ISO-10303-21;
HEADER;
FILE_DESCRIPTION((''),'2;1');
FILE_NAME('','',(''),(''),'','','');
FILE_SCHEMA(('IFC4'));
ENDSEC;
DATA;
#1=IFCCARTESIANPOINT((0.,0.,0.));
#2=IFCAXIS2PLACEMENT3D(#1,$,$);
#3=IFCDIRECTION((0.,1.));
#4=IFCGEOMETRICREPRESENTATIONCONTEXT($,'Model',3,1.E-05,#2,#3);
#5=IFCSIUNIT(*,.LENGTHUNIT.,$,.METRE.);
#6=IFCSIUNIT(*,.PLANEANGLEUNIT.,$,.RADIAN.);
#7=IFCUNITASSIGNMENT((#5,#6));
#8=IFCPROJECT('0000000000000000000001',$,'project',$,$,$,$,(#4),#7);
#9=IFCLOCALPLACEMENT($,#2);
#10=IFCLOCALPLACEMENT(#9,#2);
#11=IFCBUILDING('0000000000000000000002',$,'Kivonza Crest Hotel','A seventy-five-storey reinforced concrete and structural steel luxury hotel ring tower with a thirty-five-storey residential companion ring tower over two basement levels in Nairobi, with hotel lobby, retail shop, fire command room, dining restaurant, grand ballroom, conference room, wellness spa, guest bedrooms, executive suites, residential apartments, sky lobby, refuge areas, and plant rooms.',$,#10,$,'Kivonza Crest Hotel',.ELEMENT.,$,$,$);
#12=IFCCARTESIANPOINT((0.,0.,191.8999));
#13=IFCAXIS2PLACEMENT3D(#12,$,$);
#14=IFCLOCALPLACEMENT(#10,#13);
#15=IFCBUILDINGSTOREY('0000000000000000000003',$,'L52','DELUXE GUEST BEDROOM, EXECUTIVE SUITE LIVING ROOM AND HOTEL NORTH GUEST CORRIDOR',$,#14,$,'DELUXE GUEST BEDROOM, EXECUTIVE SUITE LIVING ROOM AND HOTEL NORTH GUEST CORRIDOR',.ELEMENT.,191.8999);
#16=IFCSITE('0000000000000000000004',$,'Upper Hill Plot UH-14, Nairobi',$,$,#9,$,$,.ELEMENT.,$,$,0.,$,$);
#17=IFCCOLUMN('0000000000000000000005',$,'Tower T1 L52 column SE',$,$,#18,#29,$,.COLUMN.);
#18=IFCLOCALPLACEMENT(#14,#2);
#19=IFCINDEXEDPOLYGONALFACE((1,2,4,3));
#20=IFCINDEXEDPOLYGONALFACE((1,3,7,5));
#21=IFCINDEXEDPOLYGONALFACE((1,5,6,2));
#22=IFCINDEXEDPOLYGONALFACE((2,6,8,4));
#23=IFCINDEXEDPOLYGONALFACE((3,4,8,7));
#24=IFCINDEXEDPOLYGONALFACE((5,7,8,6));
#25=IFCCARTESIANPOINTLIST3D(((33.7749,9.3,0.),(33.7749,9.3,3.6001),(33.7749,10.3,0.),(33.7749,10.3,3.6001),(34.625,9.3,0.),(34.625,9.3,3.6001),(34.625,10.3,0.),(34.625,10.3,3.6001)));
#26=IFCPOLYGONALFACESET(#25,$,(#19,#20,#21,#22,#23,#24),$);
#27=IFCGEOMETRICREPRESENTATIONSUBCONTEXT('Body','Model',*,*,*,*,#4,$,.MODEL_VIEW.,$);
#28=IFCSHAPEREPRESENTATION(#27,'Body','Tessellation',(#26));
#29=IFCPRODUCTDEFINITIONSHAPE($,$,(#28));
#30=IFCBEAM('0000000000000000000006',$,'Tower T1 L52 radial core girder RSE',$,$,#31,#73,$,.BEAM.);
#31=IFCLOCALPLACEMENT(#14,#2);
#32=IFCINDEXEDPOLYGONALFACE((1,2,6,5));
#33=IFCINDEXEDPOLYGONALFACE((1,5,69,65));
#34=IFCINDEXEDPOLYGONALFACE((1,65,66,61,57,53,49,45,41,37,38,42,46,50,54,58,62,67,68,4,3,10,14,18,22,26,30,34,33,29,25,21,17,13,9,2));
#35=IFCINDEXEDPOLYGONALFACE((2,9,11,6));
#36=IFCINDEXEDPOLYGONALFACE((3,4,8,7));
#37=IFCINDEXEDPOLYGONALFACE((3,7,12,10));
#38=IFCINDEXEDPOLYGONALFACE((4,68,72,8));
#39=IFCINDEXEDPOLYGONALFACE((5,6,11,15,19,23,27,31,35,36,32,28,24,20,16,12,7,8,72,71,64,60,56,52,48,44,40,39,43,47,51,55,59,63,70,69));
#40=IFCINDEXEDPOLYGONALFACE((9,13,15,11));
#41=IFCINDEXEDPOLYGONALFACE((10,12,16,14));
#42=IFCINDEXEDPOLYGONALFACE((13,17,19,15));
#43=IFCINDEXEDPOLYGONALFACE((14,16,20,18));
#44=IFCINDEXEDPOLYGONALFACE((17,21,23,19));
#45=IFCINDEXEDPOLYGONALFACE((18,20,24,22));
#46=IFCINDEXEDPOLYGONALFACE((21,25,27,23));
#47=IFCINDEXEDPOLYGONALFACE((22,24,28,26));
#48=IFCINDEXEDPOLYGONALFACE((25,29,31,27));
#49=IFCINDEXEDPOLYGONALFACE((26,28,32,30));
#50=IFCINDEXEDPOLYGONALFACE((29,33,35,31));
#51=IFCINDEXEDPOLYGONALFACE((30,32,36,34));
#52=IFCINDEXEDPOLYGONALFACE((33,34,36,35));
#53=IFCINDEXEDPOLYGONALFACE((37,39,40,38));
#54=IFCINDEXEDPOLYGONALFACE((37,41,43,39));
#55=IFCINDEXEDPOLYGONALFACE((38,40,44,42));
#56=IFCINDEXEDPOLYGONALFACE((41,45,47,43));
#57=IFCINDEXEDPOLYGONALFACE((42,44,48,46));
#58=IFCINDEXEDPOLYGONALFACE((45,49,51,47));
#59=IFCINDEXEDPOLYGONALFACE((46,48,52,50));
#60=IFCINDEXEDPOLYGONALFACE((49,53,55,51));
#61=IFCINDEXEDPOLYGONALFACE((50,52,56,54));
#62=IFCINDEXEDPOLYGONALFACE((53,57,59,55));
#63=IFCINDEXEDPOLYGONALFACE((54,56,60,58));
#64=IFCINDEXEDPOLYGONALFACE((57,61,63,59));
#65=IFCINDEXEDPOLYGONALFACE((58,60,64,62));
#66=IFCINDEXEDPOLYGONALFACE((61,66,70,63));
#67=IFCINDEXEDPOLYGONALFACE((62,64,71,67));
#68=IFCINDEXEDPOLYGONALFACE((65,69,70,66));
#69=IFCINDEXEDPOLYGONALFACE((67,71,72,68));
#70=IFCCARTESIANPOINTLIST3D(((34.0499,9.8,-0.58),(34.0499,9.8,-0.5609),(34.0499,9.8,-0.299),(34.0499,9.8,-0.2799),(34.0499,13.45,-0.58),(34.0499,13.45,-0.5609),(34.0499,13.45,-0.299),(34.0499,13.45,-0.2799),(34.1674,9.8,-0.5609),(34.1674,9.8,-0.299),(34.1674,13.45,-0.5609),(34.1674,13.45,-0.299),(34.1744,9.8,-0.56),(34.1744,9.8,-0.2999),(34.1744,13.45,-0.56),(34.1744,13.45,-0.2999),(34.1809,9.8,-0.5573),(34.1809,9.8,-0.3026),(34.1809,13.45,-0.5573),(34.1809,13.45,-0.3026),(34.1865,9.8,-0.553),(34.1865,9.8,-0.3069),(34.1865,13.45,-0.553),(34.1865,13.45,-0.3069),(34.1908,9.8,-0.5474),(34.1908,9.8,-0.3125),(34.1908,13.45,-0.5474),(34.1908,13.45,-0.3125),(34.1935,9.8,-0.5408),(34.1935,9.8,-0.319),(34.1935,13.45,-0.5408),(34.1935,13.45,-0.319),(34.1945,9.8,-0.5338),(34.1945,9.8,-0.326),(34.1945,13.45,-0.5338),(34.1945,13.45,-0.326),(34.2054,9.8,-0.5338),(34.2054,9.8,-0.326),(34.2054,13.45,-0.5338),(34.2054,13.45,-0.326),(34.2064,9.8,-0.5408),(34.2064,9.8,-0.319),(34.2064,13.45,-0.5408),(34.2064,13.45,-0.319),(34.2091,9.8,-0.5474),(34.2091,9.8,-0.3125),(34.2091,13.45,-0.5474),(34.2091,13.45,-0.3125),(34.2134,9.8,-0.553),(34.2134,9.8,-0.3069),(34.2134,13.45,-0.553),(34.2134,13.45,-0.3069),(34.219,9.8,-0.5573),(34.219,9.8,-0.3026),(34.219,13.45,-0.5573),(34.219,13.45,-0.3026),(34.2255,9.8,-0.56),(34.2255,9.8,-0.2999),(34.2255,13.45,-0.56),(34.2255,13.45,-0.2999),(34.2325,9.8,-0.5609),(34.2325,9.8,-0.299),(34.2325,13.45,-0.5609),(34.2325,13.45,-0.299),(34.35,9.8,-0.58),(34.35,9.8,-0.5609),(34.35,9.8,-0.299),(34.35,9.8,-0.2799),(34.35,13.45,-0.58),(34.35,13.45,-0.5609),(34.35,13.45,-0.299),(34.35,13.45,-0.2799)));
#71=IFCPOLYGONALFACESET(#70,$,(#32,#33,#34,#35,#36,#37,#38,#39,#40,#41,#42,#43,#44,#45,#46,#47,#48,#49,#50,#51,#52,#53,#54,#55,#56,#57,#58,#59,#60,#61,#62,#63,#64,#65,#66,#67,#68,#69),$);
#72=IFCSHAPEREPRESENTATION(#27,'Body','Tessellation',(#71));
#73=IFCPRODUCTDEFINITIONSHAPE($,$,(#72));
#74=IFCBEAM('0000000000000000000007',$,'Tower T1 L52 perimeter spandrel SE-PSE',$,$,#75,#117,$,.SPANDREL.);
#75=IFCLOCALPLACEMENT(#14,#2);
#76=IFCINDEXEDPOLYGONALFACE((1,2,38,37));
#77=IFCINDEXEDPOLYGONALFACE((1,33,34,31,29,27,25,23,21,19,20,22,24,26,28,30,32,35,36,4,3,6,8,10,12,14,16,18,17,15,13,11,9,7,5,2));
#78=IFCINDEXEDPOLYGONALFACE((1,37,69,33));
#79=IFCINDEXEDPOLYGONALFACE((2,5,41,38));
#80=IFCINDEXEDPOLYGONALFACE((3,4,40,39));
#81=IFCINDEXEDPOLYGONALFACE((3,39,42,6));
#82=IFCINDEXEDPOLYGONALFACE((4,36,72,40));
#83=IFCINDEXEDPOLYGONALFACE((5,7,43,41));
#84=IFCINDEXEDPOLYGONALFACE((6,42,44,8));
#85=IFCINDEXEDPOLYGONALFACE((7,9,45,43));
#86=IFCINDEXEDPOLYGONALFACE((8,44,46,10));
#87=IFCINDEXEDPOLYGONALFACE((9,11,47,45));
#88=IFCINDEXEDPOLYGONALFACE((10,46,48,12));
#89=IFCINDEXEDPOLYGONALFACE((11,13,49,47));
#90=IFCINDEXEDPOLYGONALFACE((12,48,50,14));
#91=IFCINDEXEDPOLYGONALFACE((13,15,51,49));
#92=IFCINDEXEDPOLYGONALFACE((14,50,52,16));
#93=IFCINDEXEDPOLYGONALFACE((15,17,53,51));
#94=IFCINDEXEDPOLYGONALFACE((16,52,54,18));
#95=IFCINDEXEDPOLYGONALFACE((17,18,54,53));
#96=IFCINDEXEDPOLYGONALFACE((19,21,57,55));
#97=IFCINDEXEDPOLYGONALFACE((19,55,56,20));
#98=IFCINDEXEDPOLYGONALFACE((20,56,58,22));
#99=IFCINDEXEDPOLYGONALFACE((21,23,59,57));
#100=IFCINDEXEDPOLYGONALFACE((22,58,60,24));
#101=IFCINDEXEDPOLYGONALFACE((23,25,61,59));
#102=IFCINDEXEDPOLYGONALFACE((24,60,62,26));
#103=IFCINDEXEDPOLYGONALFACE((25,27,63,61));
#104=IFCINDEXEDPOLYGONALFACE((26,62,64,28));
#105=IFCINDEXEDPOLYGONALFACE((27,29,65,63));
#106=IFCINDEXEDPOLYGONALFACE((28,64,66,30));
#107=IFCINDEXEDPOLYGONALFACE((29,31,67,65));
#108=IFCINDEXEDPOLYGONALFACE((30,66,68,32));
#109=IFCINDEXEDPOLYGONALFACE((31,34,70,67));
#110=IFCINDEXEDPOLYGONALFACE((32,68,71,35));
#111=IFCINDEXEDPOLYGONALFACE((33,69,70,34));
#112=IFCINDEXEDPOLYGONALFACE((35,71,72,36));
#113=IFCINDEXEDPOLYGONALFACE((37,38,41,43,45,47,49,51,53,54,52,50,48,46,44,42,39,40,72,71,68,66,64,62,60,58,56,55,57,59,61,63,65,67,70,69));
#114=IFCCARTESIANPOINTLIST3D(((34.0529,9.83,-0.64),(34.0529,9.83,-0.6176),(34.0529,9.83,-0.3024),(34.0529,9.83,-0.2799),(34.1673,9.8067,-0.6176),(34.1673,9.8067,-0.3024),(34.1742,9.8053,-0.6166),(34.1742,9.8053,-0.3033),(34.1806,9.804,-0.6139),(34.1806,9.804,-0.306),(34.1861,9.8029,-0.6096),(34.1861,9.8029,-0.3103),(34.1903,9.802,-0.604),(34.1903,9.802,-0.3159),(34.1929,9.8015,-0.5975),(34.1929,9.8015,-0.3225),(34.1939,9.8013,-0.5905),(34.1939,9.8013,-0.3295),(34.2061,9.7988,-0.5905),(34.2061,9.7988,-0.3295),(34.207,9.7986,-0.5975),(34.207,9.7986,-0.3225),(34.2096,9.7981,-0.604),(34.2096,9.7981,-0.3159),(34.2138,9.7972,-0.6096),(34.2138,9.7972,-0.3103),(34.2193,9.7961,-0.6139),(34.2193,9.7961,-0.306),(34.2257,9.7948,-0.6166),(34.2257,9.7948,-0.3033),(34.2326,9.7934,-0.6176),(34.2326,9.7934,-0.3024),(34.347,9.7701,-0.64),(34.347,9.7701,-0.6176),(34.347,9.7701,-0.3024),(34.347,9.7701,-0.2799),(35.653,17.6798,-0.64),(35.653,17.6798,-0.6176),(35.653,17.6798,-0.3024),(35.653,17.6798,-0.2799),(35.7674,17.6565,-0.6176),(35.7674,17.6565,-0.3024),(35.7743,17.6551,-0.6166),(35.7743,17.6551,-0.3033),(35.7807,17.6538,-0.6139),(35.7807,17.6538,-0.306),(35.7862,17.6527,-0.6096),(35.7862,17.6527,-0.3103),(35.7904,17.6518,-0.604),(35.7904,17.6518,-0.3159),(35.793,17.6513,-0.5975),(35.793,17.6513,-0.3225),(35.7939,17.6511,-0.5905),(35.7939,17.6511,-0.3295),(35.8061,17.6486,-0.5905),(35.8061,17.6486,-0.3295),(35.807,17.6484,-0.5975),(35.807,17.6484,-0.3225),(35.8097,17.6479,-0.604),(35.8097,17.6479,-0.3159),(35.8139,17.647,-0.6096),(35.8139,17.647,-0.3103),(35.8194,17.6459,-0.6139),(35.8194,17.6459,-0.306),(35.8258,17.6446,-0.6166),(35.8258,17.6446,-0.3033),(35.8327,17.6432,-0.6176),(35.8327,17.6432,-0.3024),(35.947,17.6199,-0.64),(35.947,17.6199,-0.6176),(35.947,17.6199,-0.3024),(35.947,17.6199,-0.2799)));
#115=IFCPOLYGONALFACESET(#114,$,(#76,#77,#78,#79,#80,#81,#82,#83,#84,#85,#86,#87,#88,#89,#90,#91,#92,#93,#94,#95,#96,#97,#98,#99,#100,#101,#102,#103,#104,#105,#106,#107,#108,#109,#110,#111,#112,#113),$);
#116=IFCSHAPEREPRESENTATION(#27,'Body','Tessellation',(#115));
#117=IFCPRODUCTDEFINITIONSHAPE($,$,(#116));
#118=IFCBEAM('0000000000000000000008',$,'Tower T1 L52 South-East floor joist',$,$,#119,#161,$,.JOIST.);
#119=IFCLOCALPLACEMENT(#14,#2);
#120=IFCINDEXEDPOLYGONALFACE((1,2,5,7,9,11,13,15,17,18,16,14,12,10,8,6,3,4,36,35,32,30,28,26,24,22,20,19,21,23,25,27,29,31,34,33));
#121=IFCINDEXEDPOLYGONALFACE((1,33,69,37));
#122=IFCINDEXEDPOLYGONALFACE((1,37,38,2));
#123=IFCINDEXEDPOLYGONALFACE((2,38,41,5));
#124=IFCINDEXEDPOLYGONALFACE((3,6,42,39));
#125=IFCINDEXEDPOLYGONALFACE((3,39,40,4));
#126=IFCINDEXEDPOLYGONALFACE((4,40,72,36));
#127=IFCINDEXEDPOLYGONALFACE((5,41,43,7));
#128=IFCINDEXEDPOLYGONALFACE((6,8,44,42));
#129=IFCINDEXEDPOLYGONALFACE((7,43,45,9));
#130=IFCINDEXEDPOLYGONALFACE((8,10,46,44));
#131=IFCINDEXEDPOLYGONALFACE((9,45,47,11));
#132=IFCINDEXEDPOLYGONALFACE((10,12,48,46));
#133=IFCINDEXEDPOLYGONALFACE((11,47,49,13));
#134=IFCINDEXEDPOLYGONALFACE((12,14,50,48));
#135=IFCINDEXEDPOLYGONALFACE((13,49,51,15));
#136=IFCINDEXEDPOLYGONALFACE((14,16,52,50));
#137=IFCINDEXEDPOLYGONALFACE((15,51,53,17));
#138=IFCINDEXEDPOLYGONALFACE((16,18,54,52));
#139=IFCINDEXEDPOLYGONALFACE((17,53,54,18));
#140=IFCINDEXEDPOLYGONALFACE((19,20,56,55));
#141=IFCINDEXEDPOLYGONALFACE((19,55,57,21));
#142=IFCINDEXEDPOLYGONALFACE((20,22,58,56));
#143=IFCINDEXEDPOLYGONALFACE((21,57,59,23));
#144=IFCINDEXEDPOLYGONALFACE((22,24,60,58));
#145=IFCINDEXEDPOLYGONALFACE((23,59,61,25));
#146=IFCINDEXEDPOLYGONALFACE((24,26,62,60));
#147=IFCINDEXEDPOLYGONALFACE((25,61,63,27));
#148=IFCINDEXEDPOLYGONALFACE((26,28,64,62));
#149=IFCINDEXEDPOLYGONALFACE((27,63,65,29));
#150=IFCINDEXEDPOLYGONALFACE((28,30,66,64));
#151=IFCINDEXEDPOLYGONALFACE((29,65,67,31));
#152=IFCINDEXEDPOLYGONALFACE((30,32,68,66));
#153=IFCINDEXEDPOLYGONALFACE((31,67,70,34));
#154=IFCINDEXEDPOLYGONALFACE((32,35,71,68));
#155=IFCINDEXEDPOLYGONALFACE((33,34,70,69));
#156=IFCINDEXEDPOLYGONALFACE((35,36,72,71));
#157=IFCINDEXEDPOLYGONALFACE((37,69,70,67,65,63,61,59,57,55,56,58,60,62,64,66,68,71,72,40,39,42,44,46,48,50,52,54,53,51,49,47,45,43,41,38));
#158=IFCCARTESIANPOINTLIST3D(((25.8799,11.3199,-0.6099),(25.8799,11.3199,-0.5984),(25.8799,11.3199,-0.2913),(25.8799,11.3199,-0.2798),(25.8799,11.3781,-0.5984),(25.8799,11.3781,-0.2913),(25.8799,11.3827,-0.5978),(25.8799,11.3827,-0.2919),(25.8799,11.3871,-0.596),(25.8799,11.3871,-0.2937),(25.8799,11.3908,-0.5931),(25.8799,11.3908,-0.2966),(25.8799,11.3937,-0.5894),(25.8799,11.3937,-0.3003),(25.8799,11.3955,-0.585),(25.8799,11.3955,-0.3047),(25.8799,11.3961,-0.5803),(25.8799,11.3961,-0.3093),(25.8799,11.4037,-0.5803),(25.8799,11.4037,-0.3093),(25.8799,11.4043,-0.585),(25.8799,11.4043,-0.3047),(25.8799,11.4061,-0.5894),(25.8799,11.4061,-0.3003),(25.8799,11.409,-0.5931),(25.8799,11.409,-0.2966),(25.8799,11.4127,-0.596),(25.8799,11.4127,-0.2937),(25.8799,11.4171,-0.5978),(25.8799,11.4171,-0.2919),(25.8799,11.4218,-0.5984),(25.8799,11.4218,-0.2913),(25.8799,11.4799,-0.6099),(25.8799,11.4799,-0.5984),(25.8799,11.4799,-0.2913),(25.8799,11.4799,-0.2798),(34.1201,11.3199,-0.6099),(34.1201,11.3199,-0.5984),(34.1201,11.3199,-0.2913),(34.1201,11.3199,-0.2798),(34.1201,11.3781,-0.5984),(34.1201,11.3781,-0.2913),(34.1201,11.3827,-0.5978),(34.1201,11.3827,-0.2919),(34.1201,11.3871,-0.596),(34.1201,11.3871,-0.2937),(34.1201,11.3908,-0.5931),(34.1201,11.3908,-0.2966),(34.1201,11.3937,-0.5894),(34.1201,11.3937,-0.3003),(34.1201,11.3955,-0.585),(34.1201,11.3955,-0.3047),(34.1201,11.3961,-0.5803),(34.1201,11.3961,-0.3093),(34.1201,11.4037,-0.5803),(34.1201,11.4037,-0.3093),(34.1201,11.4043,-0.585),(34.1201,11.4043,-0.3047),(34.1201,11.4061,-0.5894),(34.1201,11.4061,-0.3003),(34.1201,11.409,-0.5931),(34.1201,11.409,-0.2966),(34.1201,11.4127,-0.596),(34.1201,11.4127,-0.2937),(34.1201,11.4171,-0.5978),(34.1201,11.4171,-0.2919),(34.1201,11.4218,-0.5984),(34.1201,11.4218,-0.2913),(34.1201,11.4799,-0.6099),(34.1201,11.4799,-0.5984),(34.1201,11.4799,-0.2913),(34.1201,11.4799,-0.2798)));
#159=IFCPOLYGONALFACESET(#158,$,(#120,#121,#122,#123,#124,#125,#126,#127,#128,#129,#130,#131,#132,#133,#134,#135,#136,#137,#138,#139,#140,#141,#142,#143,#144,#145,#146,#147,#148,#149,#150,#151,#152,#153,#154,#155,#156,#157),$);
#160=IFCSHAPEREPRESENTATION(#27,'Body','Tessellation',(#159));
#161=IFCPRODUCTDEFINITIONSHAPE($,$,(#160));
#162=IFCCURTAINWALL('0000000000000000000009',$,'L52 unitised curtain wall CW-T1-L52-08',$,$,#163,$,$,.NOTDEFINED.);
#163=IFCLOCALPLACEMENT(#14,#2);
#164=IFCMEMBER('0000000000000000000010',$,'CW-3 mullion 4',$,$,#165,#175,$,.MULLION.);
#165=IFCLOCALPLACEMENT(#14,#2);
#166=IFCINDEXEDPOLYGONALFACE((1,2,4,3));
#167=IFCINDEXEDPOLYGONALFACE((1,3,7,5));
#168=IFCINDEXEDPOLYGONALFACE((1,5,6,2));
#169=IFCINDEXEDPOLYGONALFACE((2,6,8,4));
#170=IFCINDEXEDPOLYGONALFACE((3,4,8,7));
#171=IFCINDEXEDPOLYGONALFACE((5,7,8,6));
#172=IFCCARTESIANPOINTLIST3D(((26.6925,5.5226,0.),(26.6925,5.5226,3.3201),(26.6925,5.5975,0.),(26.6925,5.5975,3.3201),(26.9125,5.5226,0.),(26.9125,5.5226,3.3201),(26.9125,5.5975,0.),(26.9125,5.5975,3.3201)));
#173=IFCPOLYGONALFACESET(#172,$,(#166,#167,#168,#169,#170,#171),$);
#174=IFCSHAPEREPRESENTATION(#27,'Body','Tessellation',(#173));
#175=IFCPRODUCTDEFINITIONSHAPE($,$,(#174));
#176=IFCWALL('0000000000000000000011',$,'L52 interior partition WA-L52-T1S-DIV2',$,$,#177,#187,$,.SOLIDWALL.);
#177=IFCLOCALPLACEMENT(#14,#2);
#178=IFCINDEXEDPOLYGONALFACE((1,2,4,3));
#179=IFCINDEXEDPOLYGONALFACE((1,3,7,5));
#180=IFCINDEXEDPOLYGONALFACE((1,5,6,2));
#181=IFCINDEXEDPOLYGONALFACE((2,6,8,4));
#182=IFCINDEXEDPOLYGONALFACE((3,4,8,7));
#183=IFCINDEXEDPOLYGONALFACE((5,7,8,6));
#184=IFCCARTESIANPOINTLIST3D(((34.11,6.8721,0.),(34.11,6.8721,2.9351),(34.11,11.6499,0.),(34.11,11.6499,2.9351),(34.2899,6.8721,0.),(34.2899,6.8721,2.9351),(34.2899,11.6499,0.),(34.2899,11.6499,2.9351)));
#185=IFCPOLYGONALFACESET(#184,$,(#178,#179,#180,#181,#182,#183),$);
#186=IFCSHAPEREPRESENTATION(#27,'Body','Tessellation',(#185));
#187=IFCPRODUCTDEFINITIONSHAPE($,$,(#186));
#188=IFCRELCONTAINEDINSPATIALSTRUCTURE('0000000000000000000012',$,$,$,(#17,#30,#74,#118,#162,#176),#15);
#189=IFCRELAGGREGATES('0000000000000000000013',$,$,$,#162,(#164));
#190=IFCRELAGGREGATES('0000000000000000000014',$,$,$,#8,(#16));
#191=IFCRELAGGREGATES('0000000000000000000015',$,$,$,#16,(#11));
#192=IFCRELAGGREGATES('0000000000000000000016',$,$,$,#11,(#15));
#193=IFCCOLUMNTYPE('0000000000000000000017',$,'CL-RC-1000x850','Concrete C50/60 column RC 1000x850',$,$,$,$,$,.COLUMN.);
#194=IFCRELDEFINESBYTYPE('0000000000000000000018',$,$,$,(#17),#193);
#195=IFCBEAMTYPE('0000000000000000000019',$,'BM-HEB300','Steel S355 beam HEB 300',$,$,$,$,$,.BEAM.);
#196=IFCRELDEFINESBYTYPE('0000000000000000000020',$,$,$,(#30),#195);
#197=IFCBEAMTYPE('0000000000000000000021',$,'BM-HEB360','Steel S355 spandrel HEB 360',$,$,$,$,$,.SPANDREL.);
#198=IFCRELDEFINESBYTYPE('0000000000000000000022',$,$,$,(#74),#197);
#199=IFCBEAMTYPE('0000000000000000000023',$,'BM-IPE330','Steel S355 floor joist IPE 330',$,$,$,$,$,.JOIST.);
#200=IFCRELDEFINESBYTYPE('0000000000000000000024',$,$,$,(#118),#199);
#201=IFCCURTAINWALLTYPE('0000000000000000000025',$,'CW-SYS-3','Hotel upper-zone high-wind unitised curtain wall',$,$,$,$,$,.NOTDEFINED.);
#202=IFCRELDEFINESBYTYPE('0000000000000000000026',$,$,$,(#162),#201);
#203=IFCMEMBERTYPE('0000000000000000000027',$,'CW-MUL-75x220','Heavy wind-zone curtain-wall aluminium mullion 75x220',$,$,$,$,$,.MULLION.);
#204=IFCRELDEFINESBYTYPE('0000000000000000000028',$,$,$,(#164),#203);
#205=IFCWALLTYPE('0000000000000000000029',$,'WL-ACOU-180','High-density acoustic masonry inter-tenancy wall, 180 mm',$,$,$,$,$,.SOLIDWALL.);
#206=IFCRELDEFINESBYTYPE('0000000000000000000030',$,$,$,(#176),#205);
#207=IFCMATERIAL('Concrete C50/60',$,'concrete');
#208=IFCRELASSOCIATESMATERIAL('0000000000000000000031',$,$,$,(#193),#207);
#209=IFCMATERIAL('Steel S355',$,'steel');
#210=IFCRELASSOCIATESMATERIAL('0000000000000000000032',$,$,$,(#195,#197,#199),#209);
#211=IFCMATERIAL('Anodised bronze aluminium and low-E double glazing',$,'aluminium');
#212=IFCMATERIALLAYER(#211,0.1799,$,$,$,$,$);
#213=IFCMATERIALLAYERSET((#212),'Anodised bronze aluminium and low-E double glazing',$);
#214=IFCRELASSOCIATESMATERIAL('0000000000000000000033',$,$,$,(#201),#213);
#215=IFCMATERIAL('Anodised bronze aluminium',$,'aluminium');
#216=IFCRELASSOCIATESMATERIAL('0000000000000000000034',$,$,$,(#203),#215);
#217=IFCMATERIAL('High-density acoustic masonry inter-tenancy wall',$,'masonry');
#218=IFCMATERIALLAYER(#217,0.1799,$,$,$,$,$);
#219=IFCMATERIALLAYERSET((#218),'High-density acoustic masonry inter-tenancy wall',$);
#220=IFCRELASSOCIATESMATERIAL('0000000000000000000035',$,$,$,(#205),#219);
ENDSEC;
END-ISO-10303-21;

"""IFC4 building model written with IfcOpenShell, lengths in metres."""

from ifc_helpers import new_model, si_unit, direction, frame, frame_2d, origin, origin_2d, place, context, subcontext, project, spatial, rectangle, i_section, extrude, material, layer, layer_set, material_profile, profile_set, type_object, element, aggregate, save


model = new_model("IFC4")

# Units and contexts
model_context = context("Model", 3, precision=1e-05, world=origin(), true_north=direction((0.0, 1.0)))
body_context = subcontext(model_context, "Body", "Model", "MODEL_VIEW")
ifc_project = project(units=[si_unit("LENGTHUNIT", "METRE"), si_unit("PLANEANGLEUNIT", "RADIAN")], contexts=[model_context])

# Site, building, storey
site_placement = place(None, origin())
site = spatial("IfcSite", under=ifc_project, at=site_placement, Name="Upper Hill Plot UH-14, Nairobi", CompositionType="ELEMENT", RefElevation=0.0)
building_placement = place(site_placement, origin())
building = spatial("IfcBuilding", under=site, at=building_placement, Name="Kivonza Crest Hotel", Description="A seventy-five-storey reinforced concrete and structural steel luxury hotel ring tower with a thirty-five-storey residential companion ring tower over two basement levels in Nairobi, with hotel lobby, retail shop, fire command room, dining restaurant, grand ballroom, conference room, wellness spa, guest bedrooms, executive suites, residential apartments, sky lobby, refuge areas, and plant rooms.", LongName="Kivonza Crest Hotel", CompositionType="ELEMENT")
storey_placement = place(building_placement, frame((0.0, 0.0, 191.8999)))
storey = spatial("IfcBuildingStorey", under=building, at=storey_placement, Name="L52", Description="DELUXE GUEST BEDROOM, EXECUTIVE SUITE LIVING ROOM AND HOTEL NORTH GUEST CORRIDOR", LongName="DELUXE GUEST BEDROOM, EXECUTIVE SUITE LIVING ROOM AND HOTEL NORTH GUEST CORRIDOR", CompositionType="ELEMENT", Elevation=191.8999)

# Column
ifc_material_1 = material(Name="Concrete C50/60", Category="concrete")
ifc_material_profile_1 = material_profile(ifc_material_1, rectangle(XDim=0.8501, YDim=1.0, at=origin_2d()), Name="RC 1000x850")
ifc_profile_set_1 = profile_set([ifc_material_profile_1], Name="Concrete C50/60")
column_type = type_object("IfcColumnType", Name="CL-RC-1000x850", Description="Concrete C50/60 column RC 1000x850", PredefinedType="COLUMN", material=ifc_profile_set_1)
column_placement = place(storey_placement, frame((34.2, 9.8, 0.0), z_axis=(0.0, 0.0, 1.0), x_axis=(1.0, 0.0, 0.0)))
element("IfcColumn", 1, at=column_placement, inside=storey, type_object=column_type, Name="Tower T1 L52 column SE", PredefinedType="COLUMN", context=body_context, shape_type="SweptSolid", body=[
    extrude(rectangle(XDim=0.8501, YDim=1.0, at=origin_2d()), origin(), (0.0, 0.0, 1.0), 3.6001),
])

# Beams
ifc_material_2 = material(Name="Steel S355", Category="steel")
ifc_material_profile_2 = material_profile(ifc_material_2, i_section(OverallWidth=0.3, OverallDepth=0.3, WebThickness=0.011, FlangeThickness=0.019, FilletRadius=0.0271, at=origin_2d()), Name="HEB 300")
ifc_profile_set_2 = profile_set([ifc_material_profile_2], Name="Steel S355")
beam_type_1 = type_object("IfcBeamType", Name="BM-HEB300", Description="Steel S355 beam HEB 300", PredefinedType="BEAM", material=ifc_profile_set_2)
beam_1_placement = place(storey_placement, frame((34.2, 9.8, -0.4299), z_axis=(0.0, 1.0, 0.0), x_axis=(-1.0, 0.0, 0.0)))
element("IfcBeam", 2, at=beam_1_placement, inside=storey, type_object=beam_type_1, Name="Tower T1 L52 radial core girder RSE", PredefinedType="BEAM", context=body_context, shape_type="SweptSolid", body=[
    extrude(i_section(OverallWidth=0.3, OverallDepth=0.3, WebThickness=0.011, FlangeThickness=0.019, FilletRadius=0.0271, at=origin_2d()), origin(), (0.0, 0.0, 1.0), 3.6499),
])
ifc_material_profile_3 = material_profile(ifc_material_2, i_section(OverallWidth=0.3, OverallDepth=0.3601, WebThickness=0.0125, FlangeThickness=0.0225, FilletRadius=0.0271, at=origin_2d()), Name="HEB 360")
ifc_profile_set_3 = profile_set([ifc_material_profile_3], Name="Steel S355")
beam_type_2 = type_object("IfcBeamType", Name="BM-HEB360", Description="Steel S355 spandrel HEB 360", PredefinedType="SPANDREL", material=ifc_profile_set_3)
beam_2_placement = place(storey_placement, frame((34.2, 9.8, -0.46), z_axis=(0.199731, 0.979851, 0.0), x_axis=(-0.979851, 0.199731, 0.0)))
element("IfcBeam", 3, at=beam_2_placement, inside=storey, type_object=beam_type_2, Name="Tower T1 L52 perimeter spandrel SE-PSE", PredefinedType="SPANDREL", context=body_context, shape_type="SweptSolid", body=[
    extrude(i_section(OverallWidth=0.3, OverallDepth=0.3601, WebThickness=0.0125, FlangeThickness=0.0225, FilletRadius=0.0271, at=origin_2d()), origin(), (0.0, 0.0, 1.0), 8.0112),
])
ifc_material_profile_4 = material_profile(ifc_material_2, i_section(OverallWidth=0.1599, OverallDepth=0.3301, WebThickness=0.0076, FlangeThickness=0.0115, FilletRadius=0.0181, at=origin_2d()), Name="IPE 330")
ifc_profile_set_4 = profile_set([ifc_material_profile_4], Name="Steel S355")
beam_type_3 = type_object("IfcBeamType", Name="BM-IPE330", Description="Steel S355 floor joist IPE 330", PredefinedType="JOIST", material=ifc_profile_set_4)
beam_3_placement = place(storey_placement, frame((25.8799, 11.3999, -0.4448), z_axis=(1.0, 0.0, 0.0), x_axis=(0.0, 1.0, 0.0)))
element("IfcBeam", 4, at=beam_3_placement, inside=storey, type_object=beam_type_3, Name="Tower T1 L52 South-East floor joist", PredefinedType="JOIST", context=body_context, shape_type="SweptSolid", body=[
    extrude(i_section(OverallWidth=0.1599, OverallDepth=0.3301, WebThickness=0.0076, FlangeThickness=0.0115, FilletRadius=0.0181, at=origin_2d()), origin(), (0.0, 0.0, 1.0), 8.2402),
])

# Curtain wall, member
ifc_material_3 = material(Name="Anodised bronze aluminium and low-E double glazing", Category="aluminium")
ifc_layer_1 = layer(ifc_material_3, 0.1799)
ifc_layer_set_1 = layer_set([ifc_layer_1], Name="Anodised bronze aluminium and low-E double glazing")
curtain_wall_type = type_object("IfcCurtainWallType", Name="CW-SYS-3", Description="Hotel upper-zone high-wind unitised curtain wall", PredefinedType="NOTDEFINED", material=ifc_layer_set_1)
curtain_wall_placement = place(storey_placement, origin())
curtain_wall = element("IfcCurtainWall", 5, at=curtain_wall_placement, inside=storey, type_object=curtain_wall_type, Name="L52 unitised curtain wall CW-T1-L52-08", PredefinedType="NOTDEFINED")
ifc_material_4 = material(Name="Anodised bronze aluminium", Category="aluminium")
ifc_material_profile_5 = material_profile(ifc_material_4, rectangle(XDim=0.075, YDim=0.22, at=origin_2d()), Name="CW-M 75x220")
ifc_profile_set_5 = profile_set([ifc_material_profile_5], Name="Anodised bronze aluminium")
member_type = type_object("IfcMemberType", Name="CW-MUL-75x220", Description="Heavy wind-zone curtain-wall aluminium mullion 75x220", PredefinedType="MULLION", material=ifc_profile_set_5)
member_placement = place(storey_placement, frame((26.8025, 5.5601, 0.0), z_axis=(0.0, 0.0, 1.0), x_axis=(0.0, 1.0, 0.0)))
member = element("IfcMember", 6, at=member_placement, type_object=member_type, Name="CW-3 mullion 4", PredefinedType="MULLION", context=body_context, shape_type="SweptSolid", body=[
    extrude(rectangle(XDim=0.075, YDim=0.22, at=origin_2d()), origin(), (0.0, 0.0, 1.0), 3.3201),
])
aggregate(curtain_wall, [member])

# Wall
ifc_material_5 = material(Name="High-density acoustic masonry inter-tenancy wall", Category="masonry")
ifc_layer_2 = layer(ifc_material_5, 0.1799)
ifc_layer_set_2 = layer_set([ifc_layer_2], Name="High-density acoustic masonry inter-tenancy wall")
wall_type_1 = type_object("IfcWallType", Name="WL-ACOU-180", Description="High-density acoustic masonry inter-tenancy wall, 180 mm", PredefinedType="SOLIDWALL", material=ifc_layer_set_2)
wall_1_placement = place(storey_placement, frame((34.2, 6.8721, 0.0), z_axis=(0.0, 0.0, 1.0), x_axis=(0.0, 1.0, 0.0)))
element("IfcWall", 7, at=wall_1_placement, inside=storey, type_object=wall_type_1, Name="L52 interior partition WA-L52-T1S-DIV2", PredefinedType="SOLIDWALL", context=body_context, shape_type="SweptSolid", body=[
    extrude(rectangle(XDim=4.7778, YDim=0.1799, at=frame_2d((2.3889, 0.0))), origin(), (0.0, 0.0, 1.0), 2.9351),
])

save(model, "model.ifc")
